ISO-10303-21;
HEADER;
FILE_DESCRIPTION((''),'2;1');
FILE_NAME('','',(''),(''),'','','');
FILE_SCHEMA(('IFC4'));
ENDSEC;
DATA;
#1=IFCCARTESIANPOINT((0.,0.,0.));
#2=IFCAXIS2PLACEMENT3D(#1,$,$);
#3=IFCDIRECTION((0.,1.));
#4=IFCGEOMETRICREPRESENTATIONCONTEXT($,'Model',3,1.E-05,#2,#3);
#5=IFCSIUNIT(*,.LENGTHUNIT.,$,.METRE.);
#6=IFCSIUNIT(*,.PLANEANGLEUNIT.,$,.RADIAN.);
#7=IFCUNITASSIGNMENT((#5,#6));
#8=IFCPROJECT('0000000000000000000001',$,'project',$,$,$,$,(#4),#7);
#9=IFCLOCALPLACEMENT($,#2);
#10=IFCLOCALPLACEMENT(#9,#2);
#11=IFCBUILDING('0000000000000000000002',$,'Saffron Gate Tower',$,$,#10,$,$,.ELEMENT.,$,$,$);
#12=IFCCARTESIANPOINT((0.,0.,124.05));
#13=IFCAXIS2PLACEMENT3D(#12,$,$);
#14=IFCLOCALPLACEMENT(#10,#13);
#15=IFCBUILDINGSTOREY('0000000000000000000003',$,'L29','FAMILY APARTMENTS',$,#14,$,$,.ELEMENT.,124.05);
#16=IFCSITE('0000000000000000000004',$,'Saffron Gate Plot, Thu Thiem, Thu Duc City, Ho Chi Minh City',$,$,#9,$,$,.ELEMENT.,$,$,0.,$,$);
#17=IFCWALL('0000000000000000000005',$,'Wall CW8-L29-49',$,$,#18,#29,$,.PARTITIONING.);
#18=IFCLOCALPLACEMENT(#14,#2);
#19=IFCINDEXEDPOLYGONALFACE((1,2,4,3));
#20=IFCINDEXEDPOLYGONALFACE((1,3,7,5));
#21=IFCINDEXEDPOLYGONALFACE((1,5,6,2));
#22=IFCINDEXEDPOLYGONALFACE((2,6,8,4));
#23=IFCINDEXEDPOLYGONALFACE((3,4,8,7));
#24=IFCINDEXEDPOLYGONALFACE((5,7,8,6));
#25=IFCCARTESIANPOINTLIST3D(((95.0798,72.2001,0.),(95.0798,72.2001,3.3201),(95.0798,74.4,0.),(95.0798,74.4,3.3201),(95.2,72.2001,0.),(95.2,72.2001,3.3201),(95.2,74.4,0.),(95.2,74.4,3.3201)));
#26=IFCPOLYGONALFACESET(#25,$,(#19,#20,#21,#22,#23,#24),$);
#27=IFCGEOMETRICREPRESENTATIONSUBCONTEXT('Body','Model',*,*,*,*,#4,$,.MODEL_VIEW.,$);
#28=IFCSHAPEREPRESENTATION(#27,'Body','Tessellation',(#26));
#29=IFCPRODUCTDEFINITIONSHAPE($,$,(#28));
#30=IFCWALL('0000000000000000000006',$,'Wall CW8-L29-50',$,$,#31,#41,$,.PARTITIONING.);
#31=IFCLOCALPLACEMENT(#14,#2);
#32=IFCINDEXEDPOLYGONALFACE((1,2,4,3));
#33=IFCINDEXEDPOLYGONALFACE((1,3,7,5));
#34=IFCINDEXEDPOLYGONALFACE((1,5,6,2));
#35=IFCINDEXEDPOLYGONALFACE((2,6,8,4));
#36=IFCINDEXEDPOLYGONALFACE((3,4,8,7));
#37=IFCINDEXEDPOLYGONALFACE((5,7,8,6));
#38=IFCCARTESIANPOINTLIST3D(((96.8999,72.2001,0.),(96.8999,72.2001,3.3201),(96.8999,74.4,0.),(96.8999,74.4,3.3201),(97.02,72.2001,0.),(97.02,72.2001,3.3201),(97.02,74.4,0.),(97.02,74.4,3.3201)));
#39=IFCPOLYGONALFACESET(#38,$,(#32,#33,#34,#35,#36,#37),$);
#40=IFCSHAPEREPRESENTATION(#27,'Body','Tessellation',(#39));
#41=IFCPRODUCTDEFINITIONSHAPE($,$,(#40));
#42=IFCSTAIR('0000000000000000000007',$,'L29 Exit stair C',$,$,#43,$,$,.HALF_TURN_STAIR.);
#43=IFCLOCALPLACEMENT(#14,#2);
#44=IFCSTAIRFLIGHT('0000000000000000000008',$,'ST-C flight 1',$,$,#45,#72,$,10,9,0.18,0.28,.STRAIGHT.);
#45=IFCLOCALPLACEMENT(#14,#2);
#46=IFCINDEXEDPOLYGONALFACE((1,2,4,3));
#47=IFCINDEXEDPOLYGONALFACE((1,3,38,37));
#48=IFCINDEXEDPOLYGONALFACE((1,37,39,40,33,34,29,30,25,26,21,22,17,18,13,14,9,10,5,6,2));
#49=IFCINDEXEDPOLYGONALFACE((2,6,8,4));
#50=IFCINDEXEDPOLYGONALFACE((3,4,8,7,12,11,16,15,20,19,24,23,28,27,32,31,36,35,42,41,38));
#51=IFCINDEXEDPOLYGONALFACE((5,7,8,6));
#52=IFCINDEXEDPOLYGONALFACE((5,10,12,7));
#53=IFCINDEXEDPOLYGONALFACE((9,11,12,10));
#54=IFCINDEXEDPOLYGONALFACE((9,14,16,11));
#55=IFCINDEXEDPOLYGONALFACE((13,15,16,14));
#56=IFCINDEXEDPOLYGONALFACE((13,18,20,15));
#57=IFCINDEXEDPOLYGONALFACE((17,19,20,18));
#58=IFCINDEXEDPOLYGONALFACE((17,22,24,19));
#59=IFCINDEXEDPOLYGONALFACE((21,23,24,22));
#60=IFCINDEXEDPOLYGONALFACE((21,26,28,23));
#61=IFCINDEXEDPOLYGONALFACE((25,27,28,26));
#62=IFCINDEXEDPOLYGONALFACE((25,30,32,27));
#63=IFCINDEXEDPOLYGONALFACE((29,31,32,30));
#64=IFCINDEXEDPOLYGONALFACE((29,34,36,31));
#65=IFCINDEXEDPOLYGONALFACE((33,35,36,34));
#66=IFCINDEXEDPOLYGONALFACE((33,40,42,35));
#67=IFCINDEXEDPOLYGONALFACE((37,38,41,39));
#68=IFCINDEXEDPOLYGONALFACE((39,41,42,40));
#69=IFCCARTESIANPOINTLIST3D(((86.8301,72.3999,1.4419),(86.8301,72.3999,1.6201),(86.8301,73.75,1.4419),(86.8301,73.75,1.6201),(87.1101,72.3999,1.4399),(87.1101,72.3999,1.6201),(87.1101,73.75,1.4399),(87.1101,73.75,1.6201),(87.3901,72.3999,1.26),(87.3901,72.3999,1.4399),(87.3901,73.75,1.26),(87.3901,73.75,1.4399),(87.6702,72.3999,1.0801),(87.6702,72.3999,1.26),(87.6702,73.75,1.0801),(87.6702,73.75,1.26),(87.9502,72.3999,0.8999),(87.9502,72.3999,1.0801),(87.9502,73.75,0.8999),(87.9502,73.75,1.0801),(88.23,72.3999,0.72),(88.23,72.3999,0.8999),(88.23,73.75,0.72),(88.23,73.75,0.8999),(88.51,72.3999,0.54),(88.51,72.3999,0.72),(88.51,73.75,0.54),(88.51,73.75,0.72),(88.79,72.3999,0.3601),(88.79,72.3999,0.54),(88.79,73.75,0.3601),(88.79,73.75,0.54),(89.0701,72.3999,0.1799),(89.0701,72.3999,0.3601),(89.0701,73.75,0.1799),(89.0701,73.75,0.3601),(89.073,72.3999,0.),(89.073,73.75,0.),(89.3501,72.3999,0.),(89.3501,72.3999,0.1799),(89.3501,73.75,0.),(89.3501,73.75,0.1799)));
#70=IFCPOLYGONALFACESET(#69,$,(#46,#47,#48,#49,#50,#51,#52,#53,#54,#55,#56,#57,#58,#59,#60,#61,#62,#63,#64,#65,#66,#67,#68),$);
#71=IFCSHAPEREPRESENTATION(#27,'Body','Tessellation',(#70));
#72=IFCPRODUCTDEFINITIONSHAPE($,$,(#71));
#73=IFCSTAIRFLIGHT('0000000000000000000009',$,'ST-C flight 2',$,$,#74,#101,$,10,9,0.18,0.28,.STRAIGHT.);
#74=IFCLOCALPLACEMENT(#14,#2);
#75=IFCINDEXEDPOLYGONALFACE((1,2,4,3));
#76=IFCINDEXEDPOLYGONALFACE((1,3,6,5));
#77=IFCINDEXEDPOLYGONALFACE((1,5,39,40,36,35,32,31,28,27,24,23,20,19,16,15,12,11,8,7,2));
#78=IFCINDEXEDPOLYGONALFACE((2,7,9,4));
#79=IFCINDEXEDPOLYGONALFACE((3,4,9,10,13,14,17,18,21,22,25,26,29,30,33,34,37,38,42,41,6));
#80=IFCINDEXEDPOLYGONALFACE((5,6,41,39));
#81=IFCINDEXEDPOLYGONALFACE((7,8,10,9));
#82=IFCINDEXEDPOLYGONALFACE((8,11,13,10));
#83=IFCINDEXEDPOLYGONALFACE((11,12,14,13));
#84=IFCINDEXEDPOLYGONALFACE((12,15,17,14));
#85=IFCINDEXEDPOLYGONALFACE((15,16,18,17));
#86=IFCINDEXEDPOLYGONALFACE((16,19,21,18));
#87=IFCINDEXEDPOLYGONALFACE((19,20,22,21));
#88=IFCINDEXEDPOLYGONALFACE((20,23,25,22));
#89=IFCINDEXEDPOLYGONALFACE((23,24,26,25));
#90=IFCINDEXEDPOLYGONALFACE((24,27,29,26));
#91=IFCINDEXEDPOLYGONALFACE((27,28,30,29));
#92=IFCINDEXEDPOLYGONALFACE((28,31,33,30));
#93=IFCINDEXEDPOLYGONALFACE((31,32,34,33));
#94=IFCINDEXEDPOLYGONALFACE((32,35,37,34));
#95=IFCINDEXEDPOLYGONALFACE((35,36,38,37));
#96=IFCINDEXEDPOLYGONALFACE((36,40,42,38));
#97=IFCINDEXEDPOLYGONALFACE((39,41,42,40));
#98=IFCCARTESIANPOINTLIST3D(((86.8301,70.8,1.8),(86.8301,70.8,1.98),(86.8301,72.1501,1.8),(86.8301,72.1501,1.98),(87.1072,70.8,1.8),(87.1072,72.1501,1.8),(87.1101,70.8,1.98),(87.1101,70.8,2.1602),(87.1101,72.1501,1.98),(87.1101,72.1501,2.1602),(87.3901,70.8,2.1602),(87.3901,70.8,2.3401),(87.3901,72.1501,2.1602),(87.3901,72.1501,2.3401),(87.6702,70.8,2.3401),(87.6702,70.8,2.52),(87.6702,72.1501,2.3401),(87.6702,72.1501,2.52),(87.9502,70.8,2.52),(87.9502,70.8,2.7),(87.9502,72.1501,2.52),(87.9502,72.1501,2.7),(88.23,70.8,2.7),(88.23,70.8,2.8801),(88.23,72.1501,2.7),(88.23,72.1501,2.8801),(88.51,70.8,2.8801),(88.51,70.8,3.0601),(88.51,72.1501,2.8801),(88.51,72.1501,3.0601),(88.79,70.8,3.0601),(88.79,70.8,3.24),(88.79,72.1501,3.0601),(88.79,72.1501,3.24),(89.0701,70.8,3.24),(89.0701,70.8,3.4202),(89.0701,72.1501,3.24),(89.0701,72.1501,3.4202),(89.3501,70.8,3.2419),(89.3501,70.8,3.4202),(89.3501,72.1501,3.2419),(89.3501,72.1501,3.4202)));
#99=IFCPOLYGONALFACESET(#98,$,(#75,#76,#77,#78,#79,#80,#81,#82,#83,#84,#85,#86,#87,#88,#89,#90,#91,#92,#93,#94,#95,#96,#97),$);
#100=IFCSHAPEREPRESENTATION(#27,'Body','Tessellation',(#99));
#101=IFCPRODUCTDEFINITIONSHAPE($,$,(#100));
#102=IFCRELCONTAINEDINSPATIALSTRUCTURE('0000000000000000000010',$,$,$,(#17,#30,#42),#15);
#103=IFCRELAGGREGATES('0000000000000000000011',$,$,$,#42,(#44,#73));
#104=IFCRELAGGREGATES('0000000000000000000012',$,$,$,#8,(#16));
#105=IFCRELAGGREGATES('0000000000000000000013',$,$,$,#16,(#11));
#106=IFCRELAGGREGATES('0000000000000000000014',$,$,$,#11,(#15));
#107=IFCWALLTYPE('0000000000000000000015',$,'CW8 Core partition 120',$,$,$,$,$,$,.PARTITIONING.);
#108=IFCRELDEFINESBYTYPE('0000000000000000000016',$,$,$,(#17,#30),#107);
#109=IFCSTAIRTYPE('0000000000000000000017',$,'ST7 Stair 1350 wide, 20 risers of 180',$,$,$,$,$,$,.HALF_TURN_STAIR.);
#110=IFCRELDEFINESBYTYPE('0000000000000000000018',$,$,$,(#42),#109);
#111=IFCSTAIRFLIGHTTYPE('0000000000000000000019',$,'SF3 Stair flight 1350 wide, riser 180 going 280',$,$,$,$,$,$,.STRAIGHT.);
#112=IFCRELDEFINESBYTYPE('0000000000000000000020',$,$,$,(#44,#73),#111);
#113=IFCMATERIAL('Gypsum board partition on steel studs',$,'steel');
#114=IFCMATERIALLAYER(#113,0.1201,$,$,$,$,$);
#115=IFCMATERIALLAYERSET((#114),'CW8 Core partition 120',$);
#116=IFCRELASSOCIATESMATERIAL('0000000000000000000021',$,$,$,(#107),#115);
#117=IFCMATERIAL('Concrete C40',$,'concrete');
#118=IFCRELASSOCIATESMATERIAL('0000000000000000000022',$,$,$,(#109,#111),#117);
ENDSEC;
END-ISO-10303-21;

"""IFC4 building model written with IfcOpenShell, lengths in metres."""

from ifc_helpers import new_model, si_unit, direction, frame, frame_2d, origin, place, context, subcontext, project, spatial, polyline, rectangle, outline, extrude, material, layer, layer_set, type_object, element, aggregate, save


model = new_model("IFC4")

# Units and contexts
model_context = context("Model", 3, precision=1e-05, world=origin(), true_north=direction((0.0, 1.0)))
body_context = subcontext(model_context, "Body", "Model", "MODEL_VIEW")
ifc_project = project(units=[si_unit("LENGTHUNIT", "METRE"), si_unit("PLANEANGLEUNIT", "RADIAN")], contexts=[model_context])

# Site, building, storey
site_placement = place(None, origin())
site = spatial("IfcSite", under=ifc_project, at=site_placement, Name="Saffron Gate Plot, Thu Thiem, Thu Duc City, Ho Chi Minh City", CompositionType="ELEMENT", RefElevation=0.0)
building_placement = place(site_placement, origin())
building = spatial("IfcBuilding", under=site, at=building_placement, Name="Saffron Gate Tower", CompositionType="ELEMENT")
storey_placement = place(building_placement, frame((0.0, 0.0, 124.05)))
storey = spatial("IfcBuildingStorey", under=building, at=storey_placement, Name="L29", Description="FAMILY APARTMENTS", CompositionType="ELEMENT", Elevation=124.05)

# Shared definitions
ifc_material_1 = material(Name="Gypsum board partition on steel studs", Category="steel")

# Shared definitions
ifc_layer_1 = layer(ifc_material_1, 0.1201)
ifc_layer_set_1 = layer_set([ifc_layer_1], Name="CW8 Core partition 120")
wall_type_1 = type_object("IfcWallType", Name="CW8 Core partition 120", PredefinedType="PARTITIONING", material=ifc_layer_set_1)

# Walls
for number, where, z_axis, x_axis, name in (
    (1, (95.1399, 72.2, 0.0), (0.0, 0.0, 1.0), (0.0, 1.0, 0.0), "Wall CW8-L29-49"),
    (2, (96.96, 72.2, 0.0), (0.0, 0.0, 1.0), (0.0, 1.0, 0.0), "Wall CW8-L29-50"),
):
    element("IfcWall", number, at=place(storey_placement, frame(where, z_axis=z_axis, x_axis=x_axis)), inside=storey, type_object=wall_type_1, Name=name, PredefinedType="PARTITIONING", context=body_context, shape_type="SweptSolid", body=[
        extrude(rectangle(XDim=2.2, YDim=0.1201, at=frame_2d((1.1001, 0.0))), origin(), (0.0, 0.0, 1.0), 3.3201),
    ])

# Stair, stair flights
ifc_material_2 = material(Name="Concrete C40", Category="concrete")
stair_type = type_object("IfcStairType", Name="ST7 Stair 1350 wide, 20 risers of 180", PredefinedType="HALF_TURN_STAIR", material=ifc_material_2)
stair_placement = place(storey_placement, origin())
stair = element("IfcStair", 3, at=stair_placement, inside=storey, type_object=stair_type, Name="L29 Exit stair C", PredefinedType="HALF_TURN_STAIR")
stair_flight_type = type_object("IfcStairFlightType", Name="SF3 Stair flight 1350 wide, riser 180 going 280", PredefinedType="STRAIGHT", material=ifc_material_2)
stair_flight_1_placement = place(storey_placement, frame((89.3501, 73.075, 0.0), z_axis=(0.0, 0.0, 1.0), x_axis=(-1.0, 0.0, 0.0)))
stair_flight_1 = element("IfcStairFlight", 4, at=stair_flight_1_placement, type_object=stair_flight_type, Name="ST-C flight 1", NumberOfRisers=10, NumberOfTreads=9, PredefinedType="STRAIGHT", RiserHeight=0.18, TreadLength=0.28, context=body_context, shape_type="SweptSolid", body=[
    extrude(outline(polyline([(0.0, 0.0), (0.0, 0.1799), (0.28, 0.1799), (0.28, 0.3601), (0.5601, 0.3601), (0.5601, 0.54), (0.8401, 0.54), (0.8401, 0.72), (1.1201, 0.72), (1.1201, 0.8999), (1.3999, 0.8999), (1.3999, 1.0801), (1.6799, 1.0801), (1.6799, 1.26), (1.96, 1.26), (1.96, 1.4399), (2.24, 1.4399), (2.24, 1.6201), (2.52, 1.6201), (2.52, 1.8), (2.52, 1.4419), (0.2771, 0.0), (0.0, 0.0)])), frame((0.0, 0.675, 0.0), z_axis=(0.0, -1.0, 0.0), x_axis=(1.0, 0.0, 0.0)), (0.0, 0.0, 1.0), 1.3501),
])
stair_flight_2_placement = place(storey_placement, frame((86.8301, 71.4751, 1.8), z_axis=(0.0, 0.0, 1.0), x_axis=(1.0, 0.0, 0.0)))
stair_flight_2 = element("IfcStairFlight", 5, at=stair_flight_2_placement, type_object=stair_flight_type, Name="ST-C flight 2", NumberOfRisers=10, NumberOfTreads=9, PredefinedType="STRAIGHT", RiserHeight=0.18, TreadLength=0.28, context=body_context, shape_type="SweptSolid", body=[
    extrude(outline(polyline([(0.0, 0.0), (0.0, 0.1799), (0.28, 0.1799), (0.28, 0.3601), (0.5601, 0.3601), (0.5601, 0.54), (0.8401, 0.54), (0.8401, 0.72), (1.1201, 0.72), (1.1201, 0.8999), (1.3999, 0.8999), (1.3999, 1.0801), (1.6799, 1.0801), (1.6799, 1.26), (1.96, 1.26), (1.96, 1.4399), (2.24, 1.4399), (2.24, 1.6201), (2.52, 1.6201), (2.52, 1.8), (2.52, 1.4419), (0.2771, 0.0), (0.0, 0.0)])), frame((0.0, 0.675, 0.0), z_axis=(0.0, -1.0, 0.0), x_axis=(1.0, 0.0, 0.0)), (0.0, 0.0, 1.0), 1.3501),
])
aggregate(stair, [stair_flight_1, stair_flight_2])

save(model, "model.ifc")
